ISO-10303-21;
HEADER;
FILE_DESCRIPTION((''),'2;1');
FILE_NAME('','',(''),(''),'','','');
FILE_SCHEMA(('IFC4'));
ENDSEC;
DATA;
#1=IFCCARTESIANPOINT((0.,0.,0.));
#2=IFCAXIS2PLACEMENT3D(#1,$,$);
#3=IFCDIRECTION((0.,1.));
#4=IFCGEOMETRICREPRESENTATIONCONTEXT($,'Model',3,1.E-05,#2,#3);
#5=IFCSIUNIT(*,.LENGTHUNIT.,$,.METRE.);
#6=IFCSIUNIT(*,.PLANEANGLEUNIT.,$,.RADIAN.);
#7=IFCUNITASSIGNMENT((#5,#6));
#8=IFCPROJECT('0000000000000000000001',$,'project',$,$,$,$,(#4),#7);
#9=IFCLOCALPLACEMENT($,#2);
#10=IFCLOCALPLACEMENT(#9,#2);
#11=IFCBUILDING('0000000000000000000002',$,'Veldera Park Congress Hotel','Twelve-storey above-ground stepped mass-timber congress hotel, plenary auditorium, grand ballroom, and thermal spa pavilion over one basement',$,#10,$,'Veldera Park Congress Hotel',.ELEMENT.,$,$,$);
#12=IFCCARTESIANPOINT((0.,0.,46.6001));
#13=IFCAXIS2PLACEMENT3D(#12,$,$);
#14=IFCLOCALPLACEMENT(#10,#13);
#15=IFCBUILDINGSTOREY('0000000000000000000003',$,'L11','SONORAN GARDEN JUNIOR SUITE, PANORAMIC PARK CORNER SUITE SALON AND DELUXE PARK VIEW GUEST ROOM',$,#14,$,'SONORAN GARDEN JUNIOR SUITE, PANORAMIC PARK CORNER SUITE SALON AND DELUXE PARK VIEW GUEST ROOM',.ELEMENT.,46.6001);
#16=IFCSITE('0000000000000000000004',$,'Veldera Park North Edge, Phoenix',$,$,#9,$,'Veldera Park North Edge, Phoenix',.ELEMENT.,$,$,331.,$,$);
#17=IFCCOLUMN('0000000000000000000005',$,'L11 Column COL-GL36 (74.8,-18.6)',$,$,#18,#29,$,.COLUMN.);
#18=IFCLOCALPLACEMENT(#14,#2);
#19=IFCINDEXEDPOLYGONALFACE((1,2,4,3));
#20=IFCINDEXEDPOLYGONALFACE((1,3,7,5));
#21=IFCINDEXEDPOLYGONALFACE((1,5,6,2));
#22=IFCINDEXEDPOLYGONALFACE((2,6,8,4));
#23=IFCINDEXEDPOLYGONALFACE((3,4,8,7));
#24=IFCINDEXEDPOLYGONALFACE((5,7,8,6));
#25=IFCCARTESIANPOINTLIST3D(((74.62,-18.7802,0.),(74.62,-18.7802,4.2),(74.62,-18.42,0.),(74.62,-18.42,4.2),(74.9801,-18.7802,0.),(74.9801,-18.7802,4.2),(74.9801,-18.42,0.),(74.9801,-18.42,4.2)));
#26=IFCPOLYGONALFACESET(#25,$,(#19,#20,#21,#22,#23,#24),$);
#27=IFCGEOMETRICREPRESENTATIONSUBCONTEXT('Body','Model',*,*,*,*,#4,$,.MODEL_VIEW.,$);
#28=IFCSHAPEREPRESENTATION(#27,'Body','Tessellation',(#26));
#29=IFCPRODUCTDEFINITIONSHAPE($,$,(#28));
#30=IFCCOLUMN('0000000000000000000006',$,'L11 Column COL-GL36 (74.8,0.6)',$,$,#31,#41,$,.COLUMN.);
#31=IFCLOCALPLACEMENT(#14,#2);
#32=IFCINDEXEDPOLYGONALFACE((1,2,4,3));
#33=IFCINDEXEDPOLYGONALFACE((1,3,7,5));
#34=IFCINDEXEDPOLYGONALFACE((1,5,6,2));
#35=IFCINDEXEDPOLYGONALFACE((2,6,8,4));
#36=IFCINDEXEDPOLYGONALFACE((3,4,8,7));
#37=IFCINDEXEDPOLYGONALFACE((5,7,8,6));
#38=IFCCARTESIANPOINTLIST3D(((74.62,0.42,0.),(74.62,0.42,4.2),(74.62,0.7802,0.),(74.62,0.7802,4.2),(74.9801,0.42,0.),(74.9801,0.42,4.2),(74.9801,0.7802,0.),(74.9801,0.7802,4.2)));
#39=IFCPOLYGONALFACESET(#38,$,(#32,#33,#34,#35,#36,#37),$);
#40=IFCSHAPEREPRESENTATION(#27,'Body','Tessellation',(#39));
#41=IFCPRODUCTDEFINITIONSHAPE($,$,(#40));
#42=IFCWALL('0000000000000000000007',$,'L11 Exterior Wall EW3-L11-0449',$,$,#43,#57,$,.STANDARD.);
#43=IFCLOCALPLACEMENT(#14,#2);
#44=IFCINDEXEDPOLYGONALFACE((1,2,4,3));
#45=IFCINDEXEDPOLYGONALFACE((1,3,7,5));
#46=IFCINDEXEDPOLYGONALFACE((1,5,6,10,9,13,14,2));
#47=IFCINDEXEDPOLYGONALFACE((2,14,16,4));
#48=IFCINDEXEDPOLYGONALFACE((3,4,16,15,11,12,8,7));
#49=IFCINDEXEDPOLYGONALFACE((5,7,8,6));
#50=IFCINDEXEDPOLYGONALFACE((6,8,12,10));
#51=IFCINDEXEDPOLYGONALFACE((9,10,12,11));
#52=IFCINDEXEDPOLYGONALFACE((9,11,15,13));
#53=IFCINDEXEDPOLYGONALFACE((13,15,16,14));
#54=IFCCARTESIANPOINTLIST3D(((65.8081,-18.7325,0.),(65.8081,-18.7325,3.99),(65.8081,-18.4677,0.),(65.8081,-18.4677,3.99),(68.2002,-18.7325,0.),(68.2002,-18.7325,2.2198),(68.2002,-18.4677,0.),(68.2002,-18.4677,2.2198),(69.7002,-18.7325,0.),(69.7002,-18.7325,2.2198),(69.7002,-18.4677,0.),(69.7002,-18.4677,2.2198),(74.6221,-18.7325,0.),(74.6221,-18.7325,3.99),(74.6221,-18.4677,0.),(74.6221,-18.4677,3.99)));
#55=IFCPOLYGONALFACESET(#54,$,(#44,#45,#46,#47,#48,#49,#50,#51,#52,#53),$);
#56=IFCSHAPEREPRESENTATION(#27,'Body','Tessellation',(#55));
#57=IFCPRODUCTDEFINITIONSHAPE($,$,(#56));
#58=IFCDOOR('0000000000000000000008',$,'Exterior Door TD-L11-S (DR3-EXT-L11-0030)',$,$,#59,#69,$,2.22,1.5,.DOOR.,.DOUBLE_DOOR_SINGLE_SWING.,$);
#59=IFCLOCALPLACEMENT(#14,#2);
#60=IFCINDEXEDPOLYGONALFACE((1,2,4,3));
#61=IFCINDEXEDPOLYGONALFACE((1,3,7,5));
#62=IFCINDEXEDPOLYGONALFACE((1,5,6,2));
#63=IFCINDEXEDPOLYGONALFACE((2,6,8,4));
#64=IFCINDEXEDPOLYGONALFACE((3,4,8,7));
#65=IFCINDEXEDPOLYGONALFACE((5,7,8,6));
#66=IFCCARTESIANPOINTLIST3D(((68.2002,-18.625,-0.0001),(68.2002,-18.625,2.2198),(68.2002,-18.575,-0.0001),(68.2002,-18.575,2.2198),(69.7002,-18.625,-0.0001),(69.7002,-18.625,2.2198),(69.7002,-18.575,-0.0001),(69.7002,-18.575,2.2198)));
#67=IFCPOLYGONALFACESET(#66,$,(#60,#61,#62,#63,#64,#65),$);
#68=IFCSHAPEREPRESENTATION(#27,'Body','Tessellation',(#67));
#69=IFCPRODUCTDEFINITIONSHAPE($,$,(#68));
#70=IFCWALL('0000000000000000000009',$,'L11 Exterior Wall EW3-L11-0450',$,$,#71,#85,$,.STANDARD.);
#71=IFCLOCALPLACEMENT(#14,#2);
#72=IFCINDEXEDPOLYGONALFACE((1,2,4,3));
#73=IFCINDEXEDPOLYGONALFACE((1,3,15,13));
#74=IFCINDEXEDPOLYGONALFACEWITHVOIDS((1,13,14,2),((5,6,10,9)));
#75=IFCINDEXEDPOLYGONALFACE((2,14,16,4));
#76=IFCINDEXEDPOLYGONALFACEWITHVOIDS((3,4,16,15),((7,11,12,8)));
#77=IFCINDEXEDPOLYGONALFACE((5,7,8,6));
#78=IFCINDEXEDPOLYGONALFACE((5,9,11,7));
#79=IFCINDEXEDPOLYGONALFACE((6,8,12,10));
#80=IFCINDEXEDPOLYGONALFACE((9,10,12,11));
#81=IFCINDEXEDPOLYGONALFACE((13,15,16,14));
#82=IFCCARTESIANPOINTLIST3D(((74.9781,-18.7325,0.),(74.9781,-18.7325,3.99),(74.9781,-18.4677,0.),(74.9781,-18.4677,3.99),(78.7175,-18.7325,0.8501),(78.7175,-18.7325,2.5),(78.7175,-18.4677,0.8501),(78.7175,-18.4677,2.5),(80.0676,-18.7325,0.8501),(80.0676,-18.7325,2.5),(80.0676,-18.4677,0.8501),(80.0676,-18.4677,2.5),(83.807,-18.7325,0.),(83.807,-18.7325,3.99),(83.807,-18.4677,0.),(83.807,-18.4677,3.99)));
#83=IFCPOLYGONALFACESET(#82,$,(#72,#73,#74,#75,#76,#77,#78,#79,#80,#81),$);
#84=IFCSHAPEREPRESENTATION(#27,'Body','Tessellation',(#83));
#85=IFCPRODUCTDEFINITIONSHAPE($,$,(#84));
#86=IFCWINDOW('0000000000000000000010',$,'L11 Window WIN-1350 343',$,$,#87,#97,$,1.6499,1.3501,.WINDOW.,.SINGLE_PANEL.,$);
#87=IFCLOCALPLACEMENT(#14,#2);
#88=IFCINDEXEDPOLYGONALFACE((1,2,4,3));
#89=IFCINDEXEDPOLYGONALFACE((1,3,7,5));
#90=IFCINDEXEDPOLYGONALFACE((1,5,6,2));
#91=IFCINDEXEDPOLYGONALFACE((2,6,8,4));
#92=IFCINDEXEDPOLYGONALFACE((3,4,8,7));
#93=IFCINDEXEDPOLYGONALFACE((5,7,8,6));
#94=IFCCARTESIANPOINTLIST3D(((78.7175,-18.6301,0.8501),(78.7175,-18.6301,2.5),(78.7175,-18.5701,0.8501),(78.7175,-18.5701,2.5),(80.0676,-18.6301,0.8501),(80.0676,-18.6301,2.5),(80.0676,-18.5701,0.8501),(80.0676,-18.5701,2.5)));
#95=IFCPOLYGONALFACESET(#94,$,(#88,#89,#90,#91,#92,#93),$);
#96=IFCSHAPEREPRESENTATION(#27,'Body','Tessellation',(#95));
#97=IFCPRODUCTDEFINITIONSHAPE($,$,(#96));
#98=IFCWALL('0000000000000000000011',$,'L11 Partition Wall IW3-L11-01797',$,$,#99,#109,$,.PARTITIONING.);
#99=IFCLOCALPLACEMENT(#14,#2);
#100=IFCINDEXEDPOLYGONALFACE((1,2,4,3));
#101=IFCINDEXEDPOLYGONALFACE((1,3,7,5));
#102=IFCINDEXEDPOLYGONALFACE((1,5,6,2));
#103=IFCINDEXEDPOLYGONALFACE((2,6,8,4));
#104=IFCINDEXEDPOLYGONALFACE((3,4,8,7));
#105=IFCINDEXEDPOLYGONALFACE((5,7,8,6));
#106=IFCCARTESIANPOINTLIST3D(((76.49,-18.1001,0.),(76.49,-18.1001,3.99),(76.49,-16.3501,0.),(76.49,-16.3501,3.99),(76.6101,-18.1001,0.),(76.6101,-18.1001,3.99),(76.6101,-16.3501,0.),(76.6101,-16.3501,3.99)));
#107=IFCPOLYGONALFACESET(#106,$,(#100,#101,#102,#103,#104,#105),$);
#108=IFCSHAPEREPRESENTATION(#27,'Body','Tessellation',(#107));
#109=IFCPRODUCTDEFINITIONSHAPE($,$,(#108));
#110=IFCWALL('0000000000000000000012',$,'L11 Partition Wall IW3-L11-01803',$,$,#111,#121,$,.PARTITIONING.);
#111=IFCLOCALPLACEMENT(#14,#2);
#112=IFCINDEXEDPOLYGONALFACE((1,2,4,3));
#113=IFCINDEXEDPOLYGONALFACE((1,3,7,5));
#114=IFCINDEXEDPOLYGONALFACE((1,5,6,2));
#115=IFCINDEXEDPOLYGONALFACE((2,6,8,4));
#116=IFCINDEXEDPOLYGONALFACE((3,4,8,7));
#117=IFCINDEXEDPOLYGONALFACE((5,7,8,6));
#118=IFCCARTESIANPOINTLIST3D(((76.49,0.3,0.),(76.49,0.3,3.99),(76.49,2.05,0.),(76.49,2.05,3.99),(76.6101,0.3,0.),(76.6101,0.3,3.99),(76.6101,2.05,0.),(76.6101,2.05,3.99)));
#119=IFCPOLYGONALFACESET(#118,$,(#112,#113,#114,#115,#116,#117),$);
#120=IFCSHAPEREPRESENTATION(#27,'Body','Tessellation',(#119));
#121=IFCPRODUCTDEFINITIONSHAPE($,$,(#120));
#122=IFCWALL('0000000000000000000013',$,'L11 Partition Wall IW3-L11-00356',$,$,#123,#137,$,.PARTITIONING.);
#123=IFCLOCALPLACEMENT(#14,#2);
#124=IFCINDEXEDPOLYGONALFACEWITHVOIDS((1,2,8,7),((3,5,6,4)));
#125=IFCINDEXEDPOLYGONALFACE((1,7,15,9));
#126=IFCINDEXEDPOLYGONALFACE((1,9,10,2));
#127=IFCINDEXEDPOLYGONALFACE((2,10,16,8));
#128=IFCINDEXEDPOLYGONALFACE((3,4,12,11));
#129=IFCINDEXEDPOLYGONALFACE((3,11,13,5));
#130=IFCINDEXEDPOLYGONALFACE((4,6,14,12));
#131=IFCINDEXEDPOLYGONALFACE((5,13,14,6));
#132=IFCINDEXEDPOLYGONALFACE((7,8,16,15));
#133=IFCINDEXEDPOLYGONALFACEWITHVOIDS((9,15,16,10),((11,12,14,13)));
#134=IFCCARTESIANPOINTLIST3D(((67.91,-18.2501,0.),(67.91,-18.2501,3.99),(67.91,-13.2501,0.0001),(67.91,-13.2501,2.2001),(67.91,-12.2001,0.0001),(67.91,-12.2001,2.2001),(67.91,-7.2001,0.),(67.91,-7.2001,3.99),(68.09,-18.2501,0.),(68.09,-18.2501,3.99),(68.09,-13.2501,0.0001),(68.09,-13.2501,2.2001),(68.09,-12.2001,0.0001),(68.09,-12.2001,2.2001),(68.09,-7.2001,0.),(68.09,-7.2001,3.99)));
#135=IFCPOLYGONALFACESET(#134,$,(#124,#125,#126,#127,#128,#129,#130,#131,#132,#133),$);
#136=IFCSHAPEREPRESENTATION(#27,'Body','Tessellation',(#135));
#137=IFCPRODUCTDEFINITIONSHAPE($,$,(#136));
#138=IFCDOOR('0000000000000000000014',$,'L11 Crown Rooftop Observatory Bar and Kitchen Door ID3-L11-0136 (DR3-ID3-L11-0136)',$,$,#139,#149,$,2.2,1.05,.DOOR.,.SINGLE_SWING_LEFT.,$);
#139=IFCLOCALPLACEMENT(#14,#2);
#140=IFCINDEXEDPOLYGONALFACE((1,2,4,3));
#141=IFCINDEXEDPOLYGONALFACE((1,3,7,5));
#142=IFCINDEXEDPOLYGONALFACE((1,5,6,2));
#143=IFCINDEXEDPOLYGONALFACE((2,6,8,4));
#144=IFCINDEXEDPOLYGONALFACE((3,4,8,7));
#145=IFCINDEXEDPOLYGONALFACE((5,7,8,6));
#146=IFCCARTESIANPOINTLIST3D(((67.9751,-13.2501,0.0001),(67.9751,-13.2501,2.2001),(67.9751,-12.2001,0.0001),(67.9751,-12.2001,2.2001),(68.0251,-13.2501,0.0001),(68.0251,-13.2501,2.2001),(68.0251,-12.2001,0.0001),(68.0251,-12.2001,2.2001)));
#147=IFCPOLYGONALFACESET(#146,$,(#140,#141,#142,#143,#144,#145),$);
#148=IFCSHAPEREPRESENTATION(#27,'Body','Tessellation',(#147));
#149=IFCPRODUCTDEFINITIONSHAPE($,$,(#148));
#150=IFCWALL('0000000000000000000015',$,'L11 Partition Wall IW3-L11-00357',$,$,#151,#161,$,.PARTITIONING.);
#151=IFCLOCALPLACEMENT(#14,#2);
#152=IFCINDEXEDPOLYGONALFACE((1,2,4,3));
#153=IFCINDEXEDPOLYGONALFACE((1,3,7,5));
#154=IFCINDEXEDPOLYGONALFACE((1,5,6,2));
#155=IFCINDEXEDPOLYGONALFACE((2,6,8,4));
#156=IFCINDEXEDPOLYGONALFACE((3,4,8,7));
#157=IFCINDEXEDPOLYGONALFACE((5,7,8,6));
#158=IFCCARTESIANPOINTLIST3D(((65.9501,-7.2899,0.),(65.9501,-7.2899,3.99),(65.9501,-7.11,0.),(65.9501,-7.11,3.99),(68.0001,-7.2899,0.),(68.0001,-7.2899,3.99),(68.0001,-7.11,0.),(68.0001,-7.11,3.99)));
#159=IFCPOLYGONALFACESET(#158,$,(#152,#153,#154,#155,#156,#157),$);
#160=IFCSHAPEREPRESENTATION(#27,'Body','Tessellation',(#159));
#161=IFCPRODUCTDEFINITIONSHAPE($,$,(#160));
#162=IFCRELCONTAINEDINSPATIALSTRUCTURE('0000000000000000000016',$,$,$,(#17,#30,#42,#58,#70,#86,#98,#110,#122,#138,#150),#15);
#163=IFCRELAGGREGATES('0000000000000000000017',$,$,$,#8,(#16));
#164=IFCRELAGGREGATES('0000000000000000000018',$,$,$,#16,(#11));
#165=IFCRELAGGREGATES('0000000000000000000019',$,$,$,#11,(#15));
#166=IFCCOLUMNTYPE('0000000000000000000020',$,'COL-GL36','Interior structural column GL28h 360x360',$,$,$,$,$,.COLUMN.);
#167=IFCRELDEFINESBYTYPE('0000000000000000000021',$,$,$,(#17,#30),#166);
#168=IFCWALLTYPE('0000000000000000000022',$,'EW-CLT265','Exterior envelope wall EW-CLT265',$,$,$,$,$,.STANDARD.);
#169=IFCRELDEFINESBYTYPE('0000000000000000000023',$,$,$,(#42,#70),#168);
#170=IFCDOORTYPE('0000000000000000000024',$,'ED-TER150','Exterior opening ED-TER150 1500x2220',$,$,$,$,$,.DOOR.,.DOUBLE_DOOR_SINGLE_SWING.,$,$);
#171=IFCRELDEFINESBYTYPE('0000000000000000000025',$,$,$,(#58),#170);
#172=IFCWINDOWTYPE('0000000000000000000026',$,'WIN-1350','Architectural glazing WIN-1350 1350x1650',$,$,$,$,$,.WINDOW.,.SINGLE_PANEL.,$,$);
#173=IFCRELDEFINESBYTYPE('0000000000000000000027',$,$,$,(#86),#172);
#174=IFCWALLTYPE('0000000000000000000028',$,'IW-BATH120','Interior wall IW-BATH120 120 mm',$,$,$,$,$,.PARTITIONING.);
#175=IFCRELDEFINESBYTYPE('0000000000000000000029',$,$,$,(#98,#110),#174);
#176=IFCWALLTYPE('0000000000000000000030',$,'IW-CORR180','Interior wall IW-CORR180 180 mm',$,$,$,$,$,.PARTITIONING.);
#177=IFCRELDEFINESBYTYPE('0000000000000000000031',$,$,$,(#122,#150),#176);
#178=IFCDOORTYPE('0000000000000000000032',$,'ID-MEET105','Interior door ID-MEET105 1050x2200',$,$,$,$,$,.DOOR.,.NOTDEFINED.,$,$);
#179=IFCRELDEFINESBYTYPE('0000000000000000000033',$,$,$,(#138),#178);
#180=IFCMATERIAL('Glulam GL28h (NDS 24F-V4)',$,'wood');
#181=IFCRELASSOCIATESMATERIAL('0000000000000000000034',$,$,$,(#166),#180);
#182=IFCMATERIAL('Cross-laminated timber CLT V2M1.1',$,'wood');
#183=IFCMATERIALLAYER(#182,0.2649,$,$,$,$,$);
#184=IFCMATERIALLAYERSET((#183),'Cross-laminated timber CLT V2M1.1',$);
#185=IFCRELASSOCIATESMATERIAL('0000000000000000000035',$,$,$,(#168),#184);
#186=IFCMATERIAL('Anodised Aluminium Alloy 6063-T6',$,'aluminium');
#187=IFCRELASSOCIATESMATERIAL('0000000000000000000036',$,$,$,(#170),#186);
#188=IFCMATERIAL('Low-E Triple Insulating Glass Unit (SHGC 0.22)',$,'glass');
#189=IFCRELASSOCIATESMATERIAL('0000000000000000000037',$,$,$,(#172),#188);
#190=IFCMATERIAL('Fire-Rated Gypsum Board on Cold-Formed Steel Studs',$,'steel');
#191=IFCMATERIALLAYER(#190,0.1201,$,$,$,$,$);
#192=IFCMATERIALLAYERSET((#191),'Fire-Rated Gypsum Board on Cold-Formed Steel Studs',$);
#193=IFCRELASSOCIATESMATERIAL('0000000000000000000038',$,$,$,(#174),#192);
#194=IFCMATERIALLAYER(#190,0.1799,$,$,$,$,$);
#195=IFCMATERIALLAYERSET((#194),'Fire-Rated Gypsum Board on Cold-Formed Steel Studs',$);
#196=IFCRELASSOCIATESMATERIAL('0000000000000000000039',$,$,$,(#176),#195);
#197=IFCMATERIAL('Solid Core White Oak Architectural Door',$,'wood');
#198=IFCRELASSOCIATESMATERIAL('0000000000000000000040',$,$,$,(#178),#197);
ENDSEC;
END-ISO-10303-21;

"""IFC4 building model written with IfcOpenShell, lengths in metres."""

from ifc_helpers import new_model, si_unit, direction, frame, frame_2d, origin, origin_2d, place, context, subcontext, project, spatial, rectangle, extrude, material, layer, layer_set, material_profile, profile_set, type_object, element, fill, save


model = new_model("IFC4")

# Units and contexts
model_context = context("Model", 3, precision=1e-05, world=origin(), true_north=direction((0.0, 1.0)))
body_context = subcontext(model_context, "Body", "Model", "MODEL_VIEW")
ifc_project = project(units=[si_unit("LENGTHUNIT", "METRE"), si_unit("PLANEANGLEUNIT", "RADIAN")], contexts=[model_context])

# Site, building, storey
site_placement = place(None, origin())
site = spatial("IfcSite", under=ifc_project, at=site_placement, Name="Veldera Park North Edge, Phoenix", LongName="Veldera Park North Edge, Phoenix", CompositionType="ELEMENT", RefElevation=331.0)
building_placement = place(site_placement, origin())
building = spatial("IfcBuilding", under=site, at=building_placement, Name="Veldera Park Congress Hotel", Description="Twelve-storey above-ground stepped mass-timber congress hotel, plenary auditorium, grand ballroom, and thermal spa pavilion over one basement", LongName="Veldera Park Congress Hotel", CompositionType="ELEMENT")
storey_placement = place(building_placement, frame((0.0, 0.0, 46.6001)))
storey = spatial("IfcBuildingStorey", under=building, at=storey_placement, Name="L11", Description="SONORAN GARDEN JUNIOR SUITE, PANORAMIC PARK CORNER SUITE SALON AND DELUXE PARK VIEW GUEST ROOM", LongName="SONORAN GARDEN JUNIOR SUITE, PANORAMIC PARK CORNER SUITE SALON AND DELUXE PARK VIEW GUEST ROOM", CompositionType="ELEMENT", Elevation=46.6001)

# Columns
ifc_material_1 = material(Name="Glulam GL28h (NDS 24F-V4)", Category="wood")
ifc_material_profile = material_profile(ifc_material_1, rectangle(XDim=0.3601, YDim=0.3601, at=origin_2d()), Name="GL28h 360x360")
ifc_profile_set = profile_set([ifc_material_profile], Name="Glulam GL28h (NDS 24F-V4)")
column_type = type_object("IfcColumnType", Name="COL-GL36", Description="Interior structural column GL28h 360x360", PredefinedType="COLUMN", material=ifc_profile_set)
for number, where, z_axis, x_axis, name in (
    (1, (74.8, -18.6001, 0.0), (0.0, 0.0, 1.0), (1.0, 0.0, 0.0), "L11 Column COL-GL36 (74.8,-18.6)"),
    (2, (74.8, 0.6001, 0.0), (0.0, 0.0, 1.0), (1.0, 0.0, 0.0), "L11 Column COL-GL36 (74.8,0.6)"),
):
    element("IfcColumn", number, at=place(storey_placement, frame(where, z_axis=z_axis, x_axis=x_axis)), inside=storey, type_object=column_type, Name=name, PredefinedType="COLUMN", context=body_context, shape_type="SweptSolid", body=[
        extrude(rectangle(XDim=0.3601, YDim=0.3601, at=origin_2d()), origin(), (0.0, 0.0, 1.0), 4.2),
    ])

# Wall, opening, door
ifc_material_2 = material(Name="Cross-laminated timber CLT V2M1.1", Category="wood")
ifc_layer_1 = layer(ifc_material_2, 0.2649)
ifc_layer_set_1 = layer_set([ifc_layer_1], Name="Cross-laminated timber CLT V2M1.1")
wall_type_1 = type_object("IfcWallType", Name="EW-CLT265", Description="Exterior envelope wall EW-CLT265", PredefinedType="STANDARD", material=ifc_layer_set_1)
wall_1_placement = place(storey_placement, frame((65.8081, -18.6001, 0.0), z_axis=(0.0, 0.0, 1.0), x_axis=(1.0, 0.0, 0.0)))
wall_1 = element("IfcWall", 3, at=wall_1_placement, inside=storey, type_object=wall_type_1, Name="L11 Exterior Wall EW3-L11-0449", PredefinedType="STANDARD", context=body_context, shape_type="SweptSolid", body=[
    extrude(rectangle(XDim=8.814, YDim=0.2649, at=frame_2d((4.407, 0.0))), origin(), (0.0, 0.0, 1.0), 3.99),
])
opening_1_placement = place(wall_1_placement, frame((2.3921, 0.0, 0.0)))
opening_1 = element("IfcOpeningElement", 4, at=opening_1_placement, cuts=wall_1, PredefinedType="OPENING", context=body_context, shape_type="SweptSolid", body=[
    extrude(rectangle(XDim=1.5, YDim=2.22, at=frame_2d((0.75, 1.1099))), frame((0.0, 0.1445, 0.0), z_axis=(0.0, -1.0, 0.0), x_axis=(1.0, 0.0, 0.0)), (0.0, 0.0, 1.0), 0.2888),
])
ifc_material_3 = material(Name="Anodised Aluminium Alloy 6063-T6", Category="aluminium")
door_type_1 = type_object("IfcDoorType", Name="ED-TER150", Description="Exterior opening ED-TER150 1500x2220", OperationType="DOUBLE_DOOR_SINGLE_SWING", PredefinedType="DOOR", material=ifc_material_3)
door_1_placement = place(opening_1_placement, frame((1.5, 0.0, 0.0), z_axis=(0.0, 0.0, 1.0), x_axis=(-1.0, 0.0, 0.0)))
door_1 = element("IfcDoor", 5, at=door_1_placement, inside=storey, type_object=door_type_1, Name="Exterior Door TD-L11-S (DR3-EXT-L11-0030)", OperationType="DOUBLE_DOOR_SINGLE_SWING", OverallHeight=2.22, OverallWidth=1.5, PredefinedType="DOOR", context=body_context, shape_type="SweptSolid", body=[
    extrude(rectangle(XDim=1.5, YDim=2.22, at=frame_2d((0.75, 1.1099))), frame((0.0, 0.0249, 0.0), z_axis=(0.0, -1.0, 0.0), x_axis=(1.0, 0.0, 0.0)), (0.0, 0.0, 1.0), 0.05),
])
fill(opening_1, door_1)

# Wall, opening, window
wall_2_placement = place(storey_placement, frame((74.978, -18.6001, 0.0), z_axis=(0.0, 0.0, 1.0), x_axis=(1.0, 0.0, 0.0)))
wall_2 = element("IfcWall", 6, at=wall_2_placement, inside=storey, type_object=wall_type_1, Name="L11 Exterior Wall EW3-L11-0450", PredefinedType="STANDARD", context=body_context, shape_type="SweptSolid", body=[
    extrude(rectangle(XDim=8.8289, YDim=0.2649, at=frame_2d((4.4146, 0.0))), origin(), (0.0, 0.0, 1.0), 3.99),
])
opening_2_placement = place(wall_2_placement, frame((3.7395, 0.0, 0.8501)))
opening_2 = element("IfcOpeningElement", 7, at=opening_2_placement, cuts=wall_2, PredefinedType="OPENING", context=body_context, shape_type="SweptSolid", body=[
    extrude(rectangle(XDim=1.3501, YDim=1.6499, at=frame_2d((0.675, 0.825))), frame((0.0, 0.1445, 0.0), z_axis=(0.0, -1.0, 0.0), x_axis=(1.0, 0.0, 0.0)), (0.0, 0.0, 1.0), 0.2888),
])
ifc_material_4 = material(Name="Low-E Triple Insulating Glass Unit (SHGC 0.22)", Category="glass")
window_type = type_object("IfcWindowType", Name="WIN-1350", Description="Architectural glazing WIN-1350 1350x1650", PartitioningType="SINGLE_PANEL", PredefinedType="WINDOW", material=ifc_material_4)
window_placement = place(opening_2_placement, origin())
window = element("IfcWindow", 8, at=window_placement, inside=storey, type_object=window_type, Name="L11 Window WIN-1350 343", OverallHeight=1.6499, OverallWidth=1.3501, PartitioningType="SINGLE_PANEL", PredefinedType="WINDOW", context=body_context, shape_type="SweptSolid", body=[
    extrude(rectangle(XDim=1.3501, YDim=1.6499, at=frame_2d((0.675, 0.825))), frame((0.0, 0.03, 0.0), z_axis=(0.0, -1.0, 0.0), x_axis=(1.0, 0.0, 0.0)), (0.0, 0.0, 1.0), 0.0601),
])
fill(opening_2, window)

# Wall
ifc_material_5 = material(Name="Fire-Rated Gypsum Board on Cold-Formed Steel Studs", Category="steel")
ifc_layer_2 = layer(ifc_material_5, 0.1201)
ifc_layer_set_2 = layer_set([ifc_layer_2], Name="Fire-Rated Gypsum Board on Cold-Formed Steel Studs")
wall_type_2 = type_object("IfcWallType", Name="IW-BATH120", Description="Interior wall IW-BATH120 120 mm", PredefinedType="PARTITIONING", material=ifc_layer_set_2)
wall_3_placement = place(storey_placement, frame((76.55, -18.1001, 0.0), z_axis=(0.0, 0.0, 1.0), x_axis=(0.0, 1.0, 0.0)))
element("IfcWall", 9, at=wall_3_placement, inside=storey, type_object=wall_type_2, Name="L11 Partition Wall IW3-L11-01797", PredefinedType="PARTITIONING", context=body_context, shape_type="SweptSolid", body=[
    extrude(rectangle(XDim=1.75, YDim=0.1201, at=frame_2d((0.875, 0.0))), origin(), (0.0, 0.0, 1.0), 3.99),
])

# Shared definitions
ifc_material_6 = material(Name="Solid Core White Oak Architectural Door", Category="wood")

# Wall
wall_4_placement = place(storey_placement, frame((76.55, 0.3, 0.0), z_axis=(0.0, 0.0, 1.0), x_axis=(0.0, 1.0, 0.0)))
element("IfcWall", 10, at=wall_4_placement, inside=storey, type_object=wall_type_2, Name="L11 Partition Wall IW3-L11-01803", PredefinedType="PARTITIONING", context=body_context, shape_type="SweptSolid", body=[
    extrude(rectangle(XDim=1.75, YDim=0.1201, at=frame_2d((0.875, 0.0))), origin(), (0.0, 0.0, 1.0), 3.99),
])

# Wall, opening, door
ifc_layer_3 = layer(ifc_material_5, 0.1799)
ifc_layer_set_3 = layer_set([ifc_layer_3], Name="Fire-Rated Gypsum Board on Cold-Formed Steel Studs")
wall_type_3 = type_object("IfcWallType", Name="IW-CORR180", Description="Interior wall IW-CORR180 180 mm", PredefinedType="PARTITIONING", material=ifc_layer_set_3)
wall_5_placement = place(storey_placement, frame((68.0, -18.25, 0.0), z_axis=(0.0, 0.0, 1.0), x_axis=(0.0, 1.0, 0.0)))
wall_5 = element("IfcWall", 11, at=wall_5_placement, inside=storey, type_object=wall_type_3, Name="L11 Partition Wall IW3-L11-00356", PredefinedType="PARTITIONING", context=body_context, shape_type="SweptSolid", body=[
    extrude(rectangle(XDim=11.05, YDim=0.1799, at=frame_2d((5.5249, 0.0))), origin(), (0.0, 0.0, 1.0), 3.99),
])
opening_3_placement = place(wall_5_placement, frame((5.0, 0.0, 0.0)))
opening_3 = element("IfcOpeningElement", 12, at=opening_3_placement, cuts=wall_5, PredefinedType="OPENING", context=body_context, shape_type="SweptSolid", body=[
    extrude(rectangle(XDim=1.05, YDim=2.2, at=frame_2d((0.5249, 1.1001))), frame((0.0, 0.1021, 0.0), z_axis=(0.0, -1.0, 0.0), x_axis=(1.0, 0.0, 0.0)), (0.0, 0.0, 1.0), 0.2039),
])
door_type_2 = type_object("IfcDoorType", Name="ID-MEET105", Description="Interior door ID-MEET105 1050x2200", OperationType="NOTDEFINED", PredefinedType="DOOR", material=ifc_material_6)
door_2_placement = place(opening_3_placement, origin())
door_2 = element("IfcDoor", 13, at=door_2_placement, inside=storey, type_object=door_type_2, Name="L11 Crown Rooftop Observatory Bar and Kitchen Door ID3-L11-0136 (DR3-ID3-L11-0136)", OperationType="SINGLE_SWING_LEFT", OverallHeight=2.2, OverallWidth=1.05, PredefinedType="DOOR", context=body_context, shape_type="SweptSolid", body=[
    extrude(rectangle(XDim=1.05, YDim=2.2, at=frame_2d((0.5249, 1.1001))), frame((0.0, 0.0249, 0.0), z_axis=(0.0, -1.0, 0.0), x_axis=(1.0, 0.0, 0.0)), (0.0, 0.0, 1.0), 0.05),
])
fill(opening_3, door_2)

# Wall
wall_6_placement = place(storey_placement, frame((68.0, -7.2, 0.0), z_axis=(0.0, 0.0, 1.0), x_axis=(-1.0, 0.0, 0.0)))
element("IfcWall", 14, at=wall_6_placement, inside=storey, type_object=wall_type_3, Name="L11 Partition Wall IW3-L11-00357", PredefinedType="PARTITIONING", context=body_context, shape_type="SweptSolid", body=[
    extrude(rectangle(XDim=2.05, YDim=0.1799, at=frame_2d((1.0249, 0.0))), origin(), (0.0, 0.0, 1.0), 3.99),
])

save(model, "model.ifc")
